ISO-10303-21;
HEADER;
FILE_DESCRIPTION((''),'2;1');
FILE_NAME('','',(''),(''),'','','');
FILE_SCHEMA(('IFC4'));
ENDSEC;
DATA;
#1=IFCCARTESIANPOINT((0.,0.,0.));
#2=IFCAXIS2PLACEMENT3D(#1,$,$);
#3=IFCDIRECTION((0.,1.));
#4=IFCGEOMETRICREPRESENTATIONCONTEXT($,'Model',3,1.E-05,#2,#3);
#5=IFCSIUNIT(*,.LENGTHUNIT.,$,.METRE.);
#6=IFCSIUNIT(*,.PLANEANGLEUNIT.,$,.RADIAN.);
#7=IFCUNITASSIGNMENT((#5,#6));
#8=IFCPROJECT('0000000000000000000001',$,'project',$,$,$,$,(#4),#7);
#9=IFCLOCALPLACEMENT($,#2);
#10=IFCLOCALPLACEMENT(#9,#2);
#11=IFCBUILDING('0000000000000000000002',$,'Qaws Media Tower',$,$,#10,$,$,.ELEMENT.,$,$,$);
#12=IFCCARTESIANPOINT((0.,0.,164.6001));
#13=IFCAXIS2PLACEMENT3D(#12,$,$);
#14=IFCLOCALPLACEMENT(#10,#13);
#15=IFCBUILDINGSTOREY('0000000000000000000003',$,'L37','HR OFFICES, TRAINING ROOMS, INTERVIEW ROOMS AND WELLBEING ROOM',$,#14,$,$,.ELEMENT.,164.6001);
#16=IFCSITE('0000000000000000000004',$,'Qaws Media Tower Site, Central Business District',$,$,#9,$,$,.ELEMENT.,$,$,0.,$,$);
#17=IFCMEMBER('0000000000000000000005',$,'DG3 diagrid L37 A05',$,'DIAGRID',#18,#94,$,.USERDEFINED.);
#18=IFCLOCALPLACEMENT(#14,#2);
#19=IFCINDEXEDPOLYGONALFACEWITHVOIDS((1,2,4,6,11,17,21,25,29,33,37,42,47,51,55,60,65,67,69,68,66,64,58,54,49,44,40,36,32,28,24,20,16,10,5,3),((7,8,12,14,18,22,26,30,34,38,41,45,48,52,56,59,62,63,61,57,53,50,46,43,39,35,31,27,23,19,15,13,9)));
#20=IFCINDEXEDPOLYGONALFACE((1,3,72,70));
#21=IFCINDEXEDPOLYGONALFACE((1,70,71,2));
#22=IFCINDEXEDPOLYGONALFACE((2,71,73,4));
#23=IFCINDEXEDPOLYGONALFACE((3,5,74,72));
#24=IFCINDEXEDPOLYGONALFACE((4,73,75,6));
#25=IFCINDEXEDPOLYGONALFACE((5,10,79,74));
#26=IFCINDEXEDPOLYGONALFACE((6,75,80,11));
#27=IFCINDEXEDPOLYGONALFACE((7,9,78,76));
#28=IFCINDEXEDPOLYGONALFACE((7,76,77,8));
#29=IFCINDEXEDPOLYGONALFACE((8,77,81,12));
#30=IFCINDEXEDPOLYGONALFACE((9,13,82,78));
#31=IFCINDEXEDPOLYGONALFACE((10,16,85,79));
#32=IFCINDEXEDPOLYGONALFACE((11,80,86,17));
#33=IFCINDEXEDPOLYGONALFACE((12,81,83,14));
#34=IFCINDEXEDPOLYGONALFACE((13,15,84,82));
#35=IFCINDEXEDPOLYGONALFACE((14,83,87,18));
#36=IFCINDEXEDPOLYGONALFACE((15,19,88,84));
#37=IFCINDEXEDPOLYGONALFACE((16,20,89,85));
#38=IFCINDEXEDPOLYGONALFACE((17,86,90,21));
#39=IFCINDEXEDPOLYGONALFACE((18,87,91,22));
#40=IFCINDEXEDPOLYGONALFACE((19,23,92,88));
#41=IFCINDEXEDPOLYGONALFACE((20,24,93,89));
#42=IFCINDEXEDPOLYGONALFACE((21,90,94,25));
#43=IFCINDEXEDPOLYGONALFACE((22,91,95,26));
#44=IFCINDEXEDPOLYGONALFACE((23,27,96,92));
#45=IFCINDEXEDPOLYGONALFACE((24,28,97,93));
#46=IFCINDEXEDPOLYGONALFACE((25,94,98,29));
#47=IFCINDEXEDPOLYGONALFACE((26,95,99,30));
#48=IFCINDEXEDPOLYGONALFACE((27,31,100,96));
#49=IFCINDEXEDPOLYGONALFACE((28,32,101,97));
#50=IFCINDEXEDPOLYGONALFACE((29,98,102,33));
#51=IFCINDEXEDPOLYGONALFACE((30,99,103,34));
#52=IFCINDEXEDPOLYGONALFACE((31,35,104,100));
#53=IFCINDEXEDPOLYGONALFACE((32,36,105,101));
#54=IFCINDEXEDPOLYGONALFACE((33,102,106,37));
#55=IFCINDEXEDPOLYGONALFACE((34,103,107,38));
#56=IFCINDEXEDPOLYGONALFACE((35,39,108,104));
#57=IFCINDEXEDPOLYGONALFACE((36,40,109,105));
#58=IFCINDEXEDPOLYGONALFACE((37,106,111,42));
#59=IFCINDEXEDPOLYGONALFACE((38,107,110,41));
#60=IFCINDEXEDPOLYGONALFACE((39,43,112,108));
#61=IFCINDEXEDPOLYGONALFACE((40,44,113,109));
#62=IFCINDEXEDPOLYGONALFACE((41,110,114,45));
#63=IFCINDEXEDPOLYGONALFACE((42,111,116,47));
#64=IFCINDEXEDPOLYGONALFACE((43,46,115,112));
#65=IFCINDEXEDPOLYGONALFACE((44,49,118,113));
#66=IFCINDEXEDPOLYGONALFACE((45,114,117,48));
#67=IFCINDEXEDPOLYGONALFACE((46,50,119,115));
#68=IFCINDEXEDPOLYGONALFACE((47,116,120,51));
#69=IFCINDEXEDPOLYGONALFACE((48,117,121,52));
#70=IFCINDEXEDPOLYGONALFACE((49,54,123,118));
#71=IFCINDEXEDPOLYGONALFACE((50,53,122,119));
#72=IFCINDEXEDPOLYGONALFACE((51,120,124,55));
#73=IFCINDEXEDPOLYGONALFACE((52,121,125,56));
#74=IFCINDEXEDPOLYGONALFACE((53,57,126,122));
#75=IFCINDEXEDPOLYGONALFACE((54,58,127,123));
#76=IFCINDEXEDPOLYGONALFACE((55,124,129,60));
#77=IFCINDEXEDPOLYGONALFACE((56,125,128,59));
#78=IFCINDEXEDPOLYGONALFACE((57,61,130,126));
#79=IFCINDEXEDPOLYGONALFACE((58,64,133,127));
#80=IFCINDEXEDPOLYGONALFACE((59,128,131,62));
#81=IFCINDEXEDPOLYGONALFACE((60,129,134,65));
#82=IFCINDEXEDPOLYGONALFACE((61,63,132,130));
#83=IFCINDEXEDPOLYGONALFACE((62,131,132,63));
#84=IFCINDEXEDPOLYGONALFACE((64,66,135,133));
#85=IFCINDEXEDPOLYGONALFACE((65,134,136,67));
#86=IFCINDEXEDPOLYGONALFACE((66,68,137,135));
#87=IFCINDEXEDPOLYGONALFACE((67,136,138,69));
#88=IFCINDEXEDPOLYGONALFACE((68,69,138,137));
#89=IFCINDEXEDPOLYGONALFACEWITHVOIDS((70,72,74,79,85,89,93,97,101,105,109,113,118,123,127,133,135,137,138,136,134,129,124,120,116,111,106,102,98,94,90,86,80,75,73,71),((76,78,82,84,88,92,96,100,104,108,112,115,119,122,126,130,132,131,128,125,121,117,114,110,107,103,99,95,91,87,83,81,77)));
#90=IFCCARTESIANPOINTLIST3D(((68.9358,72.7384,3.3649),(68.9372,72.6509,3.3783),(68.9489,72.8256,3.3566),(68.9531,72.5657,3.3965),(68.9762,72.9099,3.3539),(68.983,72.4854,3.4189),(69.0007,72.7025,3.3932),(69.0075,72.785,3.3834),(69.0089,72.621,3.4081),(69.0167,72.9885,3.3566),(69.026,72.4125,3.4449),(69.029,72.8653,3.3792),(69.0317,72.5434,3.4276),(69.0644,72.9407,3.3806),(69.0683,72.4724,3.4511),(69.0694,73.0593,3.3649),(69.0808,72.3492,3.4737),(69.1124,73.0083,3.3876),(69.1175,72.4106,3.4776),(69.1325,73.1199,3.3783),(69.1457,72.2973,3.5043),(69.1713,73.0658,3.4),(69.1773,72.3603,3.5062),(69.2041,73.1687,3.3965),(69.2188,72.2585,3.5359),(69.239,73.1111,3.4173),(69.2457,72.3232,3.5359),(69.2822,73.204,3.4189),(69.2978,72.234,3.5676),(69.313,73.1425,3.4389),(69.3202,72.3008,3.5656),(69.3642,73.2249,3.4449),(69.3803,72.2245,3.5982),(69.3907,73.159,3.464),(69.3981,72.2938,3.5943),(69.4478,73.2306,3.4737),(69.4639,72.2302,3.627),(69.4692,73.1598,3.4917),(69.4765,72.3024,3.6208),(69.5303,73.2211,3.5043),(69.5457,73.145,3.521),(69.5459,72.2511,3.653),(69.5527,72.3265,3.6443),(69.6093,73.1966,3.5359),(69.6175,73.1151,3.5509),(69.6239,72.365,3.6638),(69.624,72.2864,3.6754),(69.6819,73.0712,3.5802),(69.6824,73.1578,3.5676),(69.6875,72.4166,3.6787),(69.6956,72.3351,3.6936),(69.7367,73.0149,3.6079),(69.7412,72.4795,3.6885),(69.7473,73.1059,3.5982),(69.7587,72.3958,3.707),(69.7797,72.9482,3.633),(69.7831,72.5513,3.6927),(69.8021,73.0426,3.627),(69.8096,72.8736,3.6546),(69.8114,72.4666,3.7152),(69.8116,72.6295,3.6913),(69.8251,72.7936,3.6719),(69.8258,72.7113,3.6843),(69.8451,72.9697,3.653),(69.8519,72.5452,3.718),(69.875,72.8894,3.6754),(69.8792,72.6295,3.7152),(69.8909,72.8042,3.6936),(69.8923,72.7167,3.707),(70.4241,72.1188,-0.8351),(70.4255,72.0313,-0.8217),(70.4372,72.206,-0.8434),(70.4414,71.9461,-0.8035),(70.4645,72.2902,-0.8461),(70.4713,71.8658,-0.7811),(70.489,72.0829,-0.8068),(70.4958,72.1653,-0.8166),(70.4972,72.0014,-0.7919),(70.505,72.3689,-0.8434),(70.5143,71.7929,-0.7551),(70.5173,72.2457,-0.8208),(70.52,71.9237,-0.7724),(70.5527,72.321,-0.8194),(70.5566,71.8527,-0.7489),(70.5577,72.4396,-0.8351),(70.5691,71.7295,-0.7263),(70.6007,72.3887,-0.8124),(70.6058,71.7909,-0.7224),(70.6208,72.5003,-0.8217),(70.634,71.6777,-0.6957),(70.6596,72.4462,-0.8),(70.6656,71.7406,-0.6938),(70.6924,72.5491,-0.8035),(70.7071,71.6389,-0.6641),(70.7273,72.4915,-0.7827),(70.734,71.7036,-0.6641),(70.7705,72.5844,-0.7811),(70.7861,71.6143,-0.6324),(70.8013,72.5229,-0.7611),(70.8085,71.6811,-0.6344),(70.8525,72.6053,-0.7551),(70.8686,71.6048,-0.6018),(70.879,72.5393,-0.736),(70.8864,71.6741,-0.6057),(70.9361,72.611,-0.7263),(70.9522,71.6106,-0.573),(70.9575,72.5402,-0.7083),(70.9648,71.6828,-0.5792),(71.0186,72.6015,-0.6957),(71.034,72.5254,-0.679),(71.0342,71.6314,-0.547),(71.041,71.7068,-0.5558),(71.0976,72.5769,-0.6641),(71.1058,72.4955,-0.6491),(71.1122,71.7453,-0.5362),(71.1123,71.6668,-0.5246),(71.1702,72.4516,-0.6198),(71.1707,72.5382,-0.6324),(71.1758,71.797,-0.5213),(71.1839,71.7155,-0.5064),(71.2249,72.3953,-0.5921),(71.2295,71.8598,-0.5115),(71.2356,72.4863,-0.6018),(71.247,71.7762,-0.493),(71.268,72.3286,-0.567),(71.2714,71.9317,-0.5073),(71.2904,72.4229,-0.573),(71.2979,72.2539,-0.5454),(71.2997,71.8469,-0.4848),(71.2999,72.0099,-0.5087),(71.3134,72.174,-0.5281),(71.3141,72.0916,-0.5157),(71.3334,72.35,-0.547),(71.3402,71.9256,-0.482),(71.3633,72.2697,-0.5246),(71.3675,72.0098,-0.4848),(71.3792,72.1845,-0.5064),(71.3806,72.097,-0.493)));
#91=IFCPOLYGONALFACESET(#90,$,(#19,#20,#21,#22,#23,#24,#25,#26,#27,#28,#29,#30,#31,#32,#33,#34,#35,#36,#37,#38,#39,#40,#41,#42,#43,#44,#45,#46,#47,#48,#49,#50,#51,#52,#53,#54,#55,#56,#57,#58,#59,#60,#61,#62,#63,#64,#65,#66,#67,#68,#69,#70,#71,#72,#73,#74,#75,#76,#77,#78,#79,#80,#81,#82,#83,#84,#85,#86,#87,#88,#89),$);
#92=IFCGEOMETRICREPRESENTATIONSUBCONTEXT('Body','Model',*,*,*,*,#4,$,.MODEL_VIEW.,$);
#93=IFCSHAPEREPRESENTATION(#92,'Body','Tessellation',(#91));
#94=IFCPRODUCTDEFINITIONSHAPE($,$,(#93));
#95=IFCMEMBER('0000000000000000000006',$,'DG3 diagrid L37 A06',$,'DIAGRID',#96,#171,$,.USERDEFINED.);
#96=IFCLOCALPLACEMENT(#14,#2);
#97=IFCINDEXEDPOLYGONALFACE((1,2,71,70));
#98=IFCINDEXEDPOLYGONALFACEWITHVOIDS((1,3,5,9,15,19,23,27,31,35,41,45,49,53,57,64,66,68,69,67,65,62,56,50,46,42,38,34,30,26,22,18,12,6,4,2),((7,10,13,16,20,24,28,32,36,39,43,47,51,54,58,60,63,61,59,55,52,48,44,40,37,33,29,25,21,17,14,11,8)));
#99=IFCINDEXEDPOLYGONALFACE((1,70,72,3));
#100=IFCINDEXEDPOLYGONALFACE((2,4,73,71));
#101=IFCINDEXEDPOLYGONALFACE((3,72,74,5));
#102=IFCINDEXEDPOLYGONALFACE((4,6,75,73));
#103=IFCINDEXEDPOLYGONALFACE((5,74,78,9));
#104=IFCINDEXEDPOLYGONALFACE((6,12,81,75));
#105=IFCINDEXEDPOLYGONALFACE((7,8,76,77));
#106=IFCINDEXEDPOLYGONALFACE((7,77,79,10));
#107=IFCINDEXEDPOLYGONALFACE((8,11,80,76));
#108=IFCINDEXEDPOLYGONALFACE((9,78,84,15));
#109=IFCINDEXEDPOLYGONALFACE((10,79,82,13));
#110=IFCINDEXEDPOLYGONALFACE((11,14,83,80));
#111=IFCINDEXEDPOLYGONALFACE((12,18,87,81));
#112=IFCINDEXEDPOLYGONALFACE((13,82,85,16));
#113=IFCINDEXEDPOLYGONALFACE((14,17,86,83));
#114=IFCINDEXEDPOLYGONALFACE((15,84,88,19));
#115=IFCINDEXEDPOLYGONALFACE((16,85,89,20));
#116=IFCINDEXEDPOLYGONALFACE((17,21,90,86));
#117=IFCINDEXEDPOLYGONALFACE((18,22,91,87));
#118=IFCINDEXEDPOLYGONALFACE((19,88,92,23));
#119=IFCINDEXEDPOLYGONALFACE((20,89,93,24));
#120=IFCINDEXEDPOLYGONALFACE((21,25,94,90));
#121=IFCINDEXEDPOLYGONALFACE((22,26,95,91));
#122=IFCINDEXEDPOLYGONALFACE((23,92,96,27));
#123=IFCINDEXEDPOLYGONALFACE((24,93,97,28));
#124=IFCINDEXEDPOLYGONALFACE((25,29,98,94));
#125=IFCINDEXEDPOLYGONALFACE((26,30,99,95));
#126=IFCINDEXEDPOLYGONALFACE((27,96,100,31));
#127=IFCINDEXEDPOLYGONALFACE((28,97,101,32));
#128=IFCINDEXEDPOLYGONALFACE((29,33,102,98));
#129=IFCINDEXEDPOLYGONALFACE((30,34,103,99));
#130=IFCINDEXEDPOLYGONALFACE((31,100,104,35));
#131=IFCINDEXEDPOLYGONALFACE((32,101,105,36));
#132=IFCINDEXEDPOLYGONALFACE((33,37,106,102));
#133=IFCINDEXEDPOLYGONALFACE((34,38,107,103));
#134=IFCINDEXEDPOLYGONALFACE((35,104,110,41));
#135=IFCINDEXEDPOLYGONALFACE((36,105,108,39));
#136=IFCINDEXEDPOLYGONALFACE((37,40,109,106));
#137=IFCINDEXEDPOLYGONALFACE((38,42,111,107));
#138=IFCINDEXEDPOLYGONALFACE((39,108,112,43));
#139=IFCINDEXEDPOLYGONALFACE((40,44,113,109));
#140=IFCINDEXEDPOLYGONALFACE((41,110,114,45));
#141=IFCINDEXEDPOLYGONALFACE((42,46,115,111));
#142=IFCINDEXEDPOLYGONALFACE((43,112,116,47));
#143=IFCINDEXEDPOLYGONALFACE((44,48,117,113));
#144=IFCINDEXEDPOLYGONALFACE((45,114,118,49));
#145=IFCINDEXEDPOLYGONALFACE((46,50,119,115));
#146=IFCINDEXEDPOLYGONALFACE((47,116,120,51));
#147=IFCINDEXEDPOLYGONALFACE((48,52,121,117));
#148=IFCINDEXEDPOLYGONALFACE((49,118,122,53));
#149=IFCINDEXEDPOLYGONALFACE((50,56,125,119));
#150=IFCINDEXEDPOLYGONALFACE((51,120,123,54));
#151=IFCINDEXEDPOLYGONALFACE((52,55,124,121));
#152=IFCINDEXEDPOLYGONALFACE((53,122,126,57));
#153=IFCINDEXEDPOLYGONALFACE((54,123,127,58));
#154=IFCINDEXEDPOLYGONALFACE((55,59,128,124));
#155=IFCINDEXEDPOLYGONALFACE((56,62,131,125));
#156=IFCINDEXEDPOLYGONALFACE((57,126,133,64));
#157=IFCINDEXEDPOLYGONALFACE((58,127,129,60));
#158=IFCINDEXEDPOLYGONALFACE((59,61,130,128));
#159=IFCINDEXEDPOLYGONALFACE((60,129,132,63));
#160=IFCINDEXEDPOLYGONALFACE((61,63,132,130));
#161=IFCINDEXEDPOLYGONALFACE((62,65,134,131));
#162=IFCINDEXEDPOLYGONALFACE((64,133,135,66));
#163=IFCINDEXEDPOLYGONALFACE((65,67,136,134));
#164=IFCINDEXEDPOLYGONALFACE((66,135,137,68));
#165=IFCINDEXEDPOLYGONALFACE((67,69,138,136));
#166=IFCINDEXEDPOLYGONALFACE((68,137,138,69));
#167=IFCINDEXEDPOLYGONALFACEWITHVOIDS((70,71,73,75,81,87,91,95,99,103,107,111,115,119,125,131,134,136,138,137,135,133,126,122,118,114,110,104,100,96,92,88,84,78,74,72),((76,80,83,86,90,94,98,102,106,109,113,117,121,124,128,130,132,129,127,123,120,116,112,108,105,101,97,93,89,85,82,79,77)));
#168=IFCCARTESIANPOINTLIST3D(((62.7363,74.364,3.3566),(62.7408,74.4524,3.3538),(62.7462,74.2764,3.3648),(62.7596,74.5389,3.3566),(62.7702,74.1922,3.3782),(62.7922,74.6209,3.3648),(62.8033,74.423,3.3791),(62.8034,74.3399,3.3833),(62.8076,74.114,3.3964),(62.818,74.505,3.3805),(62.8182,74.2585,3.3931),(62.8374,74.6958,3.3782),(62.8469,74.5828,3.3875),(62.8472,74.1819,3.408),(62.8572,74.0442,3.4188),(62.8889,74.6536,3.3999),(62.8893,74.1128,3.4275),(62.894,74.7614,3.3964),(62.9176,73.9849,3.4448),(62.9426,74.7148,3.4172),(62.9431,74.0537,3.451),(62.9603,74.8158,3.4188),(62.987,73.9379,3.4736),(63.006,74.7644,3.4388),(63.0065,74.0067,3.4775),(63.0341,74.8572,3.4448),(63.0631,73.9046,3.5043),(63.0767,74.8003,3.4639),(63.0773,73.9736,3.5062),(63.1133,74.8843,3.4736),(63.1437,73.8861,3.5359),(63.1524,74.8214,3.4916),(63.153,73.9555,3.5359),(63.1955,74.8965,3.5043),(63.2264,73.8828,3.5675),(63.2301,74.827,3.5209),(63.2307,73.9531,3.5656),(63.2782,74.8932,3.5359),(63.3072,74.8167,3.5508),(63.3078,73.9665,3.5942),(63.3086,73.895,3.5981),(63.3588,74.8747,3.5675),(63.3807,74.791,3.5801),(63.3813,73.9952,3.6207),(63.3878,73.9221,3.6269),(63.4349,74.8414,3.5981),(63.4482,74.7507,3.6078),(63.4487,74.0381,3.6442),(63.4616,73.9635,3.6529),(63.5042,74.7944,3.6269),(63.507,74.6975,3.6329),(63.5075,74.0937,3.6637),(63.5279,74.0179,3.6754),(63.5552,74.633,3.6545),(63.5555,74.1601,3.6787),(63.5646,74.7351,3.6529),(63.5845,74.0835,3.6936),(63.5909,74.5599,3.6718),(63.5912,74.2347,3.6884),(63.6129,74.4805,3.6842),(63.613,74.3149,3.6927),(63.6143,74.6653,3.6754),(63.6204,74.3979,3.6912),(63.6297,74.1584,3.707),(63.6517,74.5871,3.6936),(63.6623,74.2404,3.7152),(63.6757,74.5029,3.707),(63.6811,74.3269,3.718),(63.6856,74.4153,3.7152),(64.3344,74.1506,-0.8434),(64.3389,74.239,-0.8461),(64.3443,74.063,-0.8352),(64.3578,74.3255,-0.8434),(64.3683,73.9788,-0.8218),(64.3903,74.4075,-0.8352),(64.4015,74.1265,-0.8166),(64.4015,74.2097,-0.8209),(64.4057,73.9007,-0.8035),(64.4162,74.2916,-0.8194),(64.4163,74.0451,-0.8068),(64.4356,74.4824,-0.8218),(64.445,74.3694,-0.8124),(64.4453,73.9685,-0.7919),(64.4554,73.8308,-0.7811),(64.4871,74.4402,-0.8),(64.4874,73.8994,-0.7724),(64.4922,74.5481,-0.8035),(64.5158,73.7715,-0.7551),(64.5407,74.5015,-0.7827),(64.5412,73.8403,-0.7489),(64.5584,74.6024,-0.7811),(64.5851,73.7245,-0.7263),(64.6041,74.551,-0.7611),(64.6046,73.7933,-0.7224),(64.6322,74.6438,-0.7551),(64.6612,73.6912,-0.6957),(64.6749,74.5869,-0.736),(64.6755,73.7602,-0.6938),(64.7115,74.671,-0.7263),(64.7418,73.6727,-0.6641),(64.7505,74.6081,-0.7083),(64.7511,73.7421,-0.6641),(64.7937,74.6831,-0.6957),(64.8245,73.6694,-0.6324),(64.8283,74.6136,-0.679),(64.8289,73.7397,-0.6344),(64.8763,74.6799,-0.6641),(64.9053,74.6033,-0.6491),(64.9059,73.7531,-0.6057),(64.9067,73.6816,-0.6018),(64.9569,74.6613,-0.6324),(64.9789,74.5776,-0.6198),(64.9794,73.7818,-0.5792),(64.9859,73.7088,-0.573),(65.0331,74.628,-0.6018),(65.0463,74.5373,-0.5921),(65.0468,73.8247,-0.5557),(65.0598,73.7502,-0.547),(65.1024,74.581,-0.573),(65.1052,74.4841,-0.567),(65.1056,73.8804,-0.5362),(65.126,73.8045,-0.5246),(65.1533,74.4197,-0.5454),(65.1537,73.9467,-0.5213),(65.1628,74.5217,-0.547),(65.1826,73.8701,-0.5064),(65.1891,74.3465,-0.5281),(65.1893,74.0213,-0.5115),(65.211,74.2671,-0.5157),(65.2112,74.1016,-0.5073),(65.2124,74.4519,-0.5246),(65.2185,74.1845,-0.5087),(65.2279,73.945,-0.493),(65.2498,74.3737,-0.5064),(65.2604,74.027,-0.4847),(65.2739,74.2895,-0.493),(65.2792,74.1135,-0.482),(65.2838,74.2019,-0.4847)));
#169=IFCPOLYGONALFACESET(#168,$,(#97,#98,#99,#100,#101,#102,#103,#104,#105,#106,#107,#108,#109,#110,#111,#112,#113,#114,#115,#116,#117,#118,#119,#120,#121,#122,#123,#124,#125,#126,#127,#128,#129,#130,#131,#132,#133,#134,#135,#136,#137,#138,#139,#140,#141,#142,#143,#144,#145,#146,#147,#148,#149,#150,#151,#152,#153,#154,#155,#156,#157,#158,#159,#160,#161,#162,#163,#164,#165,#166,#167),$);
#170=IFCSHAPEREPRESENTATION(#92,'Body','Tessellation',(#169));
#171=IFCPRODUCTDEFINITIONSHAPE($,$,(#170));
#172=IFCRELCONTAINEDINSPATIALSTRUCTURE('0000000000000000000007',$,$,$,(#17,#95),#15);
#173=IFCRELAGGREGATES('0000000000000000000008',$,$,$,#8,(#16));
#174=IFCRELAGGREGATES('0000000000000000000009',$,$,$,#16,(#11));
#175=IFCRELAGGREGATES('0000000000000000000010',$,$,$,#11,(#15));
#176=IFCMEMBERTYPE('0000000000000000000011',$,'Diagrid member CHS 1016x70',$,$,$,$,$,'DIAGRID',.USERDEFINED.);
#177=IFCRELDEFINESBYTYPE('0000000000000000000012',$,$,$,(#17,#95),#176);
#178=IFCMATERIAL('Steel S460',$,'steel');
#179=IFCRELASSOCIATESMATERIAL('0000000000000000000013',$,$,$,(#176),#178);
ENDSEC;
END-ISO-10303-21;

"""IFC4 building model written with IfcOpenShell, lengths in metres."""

from ifc_helpers import new_model, si_unit, direction, frame, origin, origin_2d, place, context, subcontext, project, spatial, hollow_circle, extrude, material, material_profile, profile_set, type_object, element, save


model = new_model("IFC4")

# Units and contexts
model_context = context("Model", 3, precision=1e-05, world=origin(), true_north=direction((0.0, 1.0)))
body_context = subcontext(model_context, "Body", "Model", "MODEL_VIEW")
ifc_project = project(units=[si_unit("LENGTHUNIT", "METRE"), si_unit("PLANEANGLEUNIT", "RADIAN")], contexts=[model_context])

# Site, building, storey
site_placement = place(None, origin())
site = spatial("IfcSite", under=ifc_project, at=site_placement, Name="Qaws Media Tower Site, Central Business District", CompositionType="ELEMENT", RefElevation=0.0)
building_placement = place(site_placement, origin())
building = spatial("IfcBuilding", under=site, at=building_placement, Name="Qaws Media Tower", CompositionType="ELEMENT")
storey_placement = place(building_placement, frame((0.0, 0.0, 164.6001)))
storey = spatial("IfcBuildingStorey", under=building, at=storey_placement, Name="L37", Description="HR OFFICES, TRAINING ROOMS, INTERVIEW ROOMS AND WELLBEING ROOM", CompositionType="ELEMENT", Elevation=164.6001)

# Members
ifc_material_1 = material(Name="Steel S460", Category="steel")
ifc_material_profile_1 = material_profile(ifc_material_1, hollow_circle(Radius=0.5081, WallThickness=0.0701, at=origin_2d()), Name="CHS 1016x70")
ifc_profile_set_1 = profile_set([ifc_material_profile_1], Name="Steel S460")
member_type_1 = type_object("IfcMemberType", Name="Diagrid member CHS 1016x70", ElementType="DIAGRID", PredefinedType="USERDEFINED", material=ifc_profile_set_1)
for number, where, z_axis, x_axis, name in (
    (1, (70.9023, 72.1079, -0.6641), (-0.330823, 0.137734, 0.933587), (-0.384357, -0.923184, 0.0), "DG3 diagrid L37 A05"),
    (2, (64.8091, 74.1763, -0.6641), (-0.355238, 0.04743, 0.933572), (-0.132342, -0.991204, 0.0), "DG3 diagrid L37 A06"),
):
    element("IfcMember", number, at=place(storey_placement, frame(where, z_axis=z_axis, x_axis=x_axis)), inside=storey, type_object=member_type_1, Name=name, ObjectType="DIAGRID", PredefinedType="USERDEFINED", context=body_context, shape_type="SweptSolid", body=[
        extrude(hollow_circle(Radius=0.5081, WallThickness=0.0701, at=origin_2d()), origin(), (0.0, 0.0, 1.0), 4.4988),
    ])

save(model, "model.ifc")
